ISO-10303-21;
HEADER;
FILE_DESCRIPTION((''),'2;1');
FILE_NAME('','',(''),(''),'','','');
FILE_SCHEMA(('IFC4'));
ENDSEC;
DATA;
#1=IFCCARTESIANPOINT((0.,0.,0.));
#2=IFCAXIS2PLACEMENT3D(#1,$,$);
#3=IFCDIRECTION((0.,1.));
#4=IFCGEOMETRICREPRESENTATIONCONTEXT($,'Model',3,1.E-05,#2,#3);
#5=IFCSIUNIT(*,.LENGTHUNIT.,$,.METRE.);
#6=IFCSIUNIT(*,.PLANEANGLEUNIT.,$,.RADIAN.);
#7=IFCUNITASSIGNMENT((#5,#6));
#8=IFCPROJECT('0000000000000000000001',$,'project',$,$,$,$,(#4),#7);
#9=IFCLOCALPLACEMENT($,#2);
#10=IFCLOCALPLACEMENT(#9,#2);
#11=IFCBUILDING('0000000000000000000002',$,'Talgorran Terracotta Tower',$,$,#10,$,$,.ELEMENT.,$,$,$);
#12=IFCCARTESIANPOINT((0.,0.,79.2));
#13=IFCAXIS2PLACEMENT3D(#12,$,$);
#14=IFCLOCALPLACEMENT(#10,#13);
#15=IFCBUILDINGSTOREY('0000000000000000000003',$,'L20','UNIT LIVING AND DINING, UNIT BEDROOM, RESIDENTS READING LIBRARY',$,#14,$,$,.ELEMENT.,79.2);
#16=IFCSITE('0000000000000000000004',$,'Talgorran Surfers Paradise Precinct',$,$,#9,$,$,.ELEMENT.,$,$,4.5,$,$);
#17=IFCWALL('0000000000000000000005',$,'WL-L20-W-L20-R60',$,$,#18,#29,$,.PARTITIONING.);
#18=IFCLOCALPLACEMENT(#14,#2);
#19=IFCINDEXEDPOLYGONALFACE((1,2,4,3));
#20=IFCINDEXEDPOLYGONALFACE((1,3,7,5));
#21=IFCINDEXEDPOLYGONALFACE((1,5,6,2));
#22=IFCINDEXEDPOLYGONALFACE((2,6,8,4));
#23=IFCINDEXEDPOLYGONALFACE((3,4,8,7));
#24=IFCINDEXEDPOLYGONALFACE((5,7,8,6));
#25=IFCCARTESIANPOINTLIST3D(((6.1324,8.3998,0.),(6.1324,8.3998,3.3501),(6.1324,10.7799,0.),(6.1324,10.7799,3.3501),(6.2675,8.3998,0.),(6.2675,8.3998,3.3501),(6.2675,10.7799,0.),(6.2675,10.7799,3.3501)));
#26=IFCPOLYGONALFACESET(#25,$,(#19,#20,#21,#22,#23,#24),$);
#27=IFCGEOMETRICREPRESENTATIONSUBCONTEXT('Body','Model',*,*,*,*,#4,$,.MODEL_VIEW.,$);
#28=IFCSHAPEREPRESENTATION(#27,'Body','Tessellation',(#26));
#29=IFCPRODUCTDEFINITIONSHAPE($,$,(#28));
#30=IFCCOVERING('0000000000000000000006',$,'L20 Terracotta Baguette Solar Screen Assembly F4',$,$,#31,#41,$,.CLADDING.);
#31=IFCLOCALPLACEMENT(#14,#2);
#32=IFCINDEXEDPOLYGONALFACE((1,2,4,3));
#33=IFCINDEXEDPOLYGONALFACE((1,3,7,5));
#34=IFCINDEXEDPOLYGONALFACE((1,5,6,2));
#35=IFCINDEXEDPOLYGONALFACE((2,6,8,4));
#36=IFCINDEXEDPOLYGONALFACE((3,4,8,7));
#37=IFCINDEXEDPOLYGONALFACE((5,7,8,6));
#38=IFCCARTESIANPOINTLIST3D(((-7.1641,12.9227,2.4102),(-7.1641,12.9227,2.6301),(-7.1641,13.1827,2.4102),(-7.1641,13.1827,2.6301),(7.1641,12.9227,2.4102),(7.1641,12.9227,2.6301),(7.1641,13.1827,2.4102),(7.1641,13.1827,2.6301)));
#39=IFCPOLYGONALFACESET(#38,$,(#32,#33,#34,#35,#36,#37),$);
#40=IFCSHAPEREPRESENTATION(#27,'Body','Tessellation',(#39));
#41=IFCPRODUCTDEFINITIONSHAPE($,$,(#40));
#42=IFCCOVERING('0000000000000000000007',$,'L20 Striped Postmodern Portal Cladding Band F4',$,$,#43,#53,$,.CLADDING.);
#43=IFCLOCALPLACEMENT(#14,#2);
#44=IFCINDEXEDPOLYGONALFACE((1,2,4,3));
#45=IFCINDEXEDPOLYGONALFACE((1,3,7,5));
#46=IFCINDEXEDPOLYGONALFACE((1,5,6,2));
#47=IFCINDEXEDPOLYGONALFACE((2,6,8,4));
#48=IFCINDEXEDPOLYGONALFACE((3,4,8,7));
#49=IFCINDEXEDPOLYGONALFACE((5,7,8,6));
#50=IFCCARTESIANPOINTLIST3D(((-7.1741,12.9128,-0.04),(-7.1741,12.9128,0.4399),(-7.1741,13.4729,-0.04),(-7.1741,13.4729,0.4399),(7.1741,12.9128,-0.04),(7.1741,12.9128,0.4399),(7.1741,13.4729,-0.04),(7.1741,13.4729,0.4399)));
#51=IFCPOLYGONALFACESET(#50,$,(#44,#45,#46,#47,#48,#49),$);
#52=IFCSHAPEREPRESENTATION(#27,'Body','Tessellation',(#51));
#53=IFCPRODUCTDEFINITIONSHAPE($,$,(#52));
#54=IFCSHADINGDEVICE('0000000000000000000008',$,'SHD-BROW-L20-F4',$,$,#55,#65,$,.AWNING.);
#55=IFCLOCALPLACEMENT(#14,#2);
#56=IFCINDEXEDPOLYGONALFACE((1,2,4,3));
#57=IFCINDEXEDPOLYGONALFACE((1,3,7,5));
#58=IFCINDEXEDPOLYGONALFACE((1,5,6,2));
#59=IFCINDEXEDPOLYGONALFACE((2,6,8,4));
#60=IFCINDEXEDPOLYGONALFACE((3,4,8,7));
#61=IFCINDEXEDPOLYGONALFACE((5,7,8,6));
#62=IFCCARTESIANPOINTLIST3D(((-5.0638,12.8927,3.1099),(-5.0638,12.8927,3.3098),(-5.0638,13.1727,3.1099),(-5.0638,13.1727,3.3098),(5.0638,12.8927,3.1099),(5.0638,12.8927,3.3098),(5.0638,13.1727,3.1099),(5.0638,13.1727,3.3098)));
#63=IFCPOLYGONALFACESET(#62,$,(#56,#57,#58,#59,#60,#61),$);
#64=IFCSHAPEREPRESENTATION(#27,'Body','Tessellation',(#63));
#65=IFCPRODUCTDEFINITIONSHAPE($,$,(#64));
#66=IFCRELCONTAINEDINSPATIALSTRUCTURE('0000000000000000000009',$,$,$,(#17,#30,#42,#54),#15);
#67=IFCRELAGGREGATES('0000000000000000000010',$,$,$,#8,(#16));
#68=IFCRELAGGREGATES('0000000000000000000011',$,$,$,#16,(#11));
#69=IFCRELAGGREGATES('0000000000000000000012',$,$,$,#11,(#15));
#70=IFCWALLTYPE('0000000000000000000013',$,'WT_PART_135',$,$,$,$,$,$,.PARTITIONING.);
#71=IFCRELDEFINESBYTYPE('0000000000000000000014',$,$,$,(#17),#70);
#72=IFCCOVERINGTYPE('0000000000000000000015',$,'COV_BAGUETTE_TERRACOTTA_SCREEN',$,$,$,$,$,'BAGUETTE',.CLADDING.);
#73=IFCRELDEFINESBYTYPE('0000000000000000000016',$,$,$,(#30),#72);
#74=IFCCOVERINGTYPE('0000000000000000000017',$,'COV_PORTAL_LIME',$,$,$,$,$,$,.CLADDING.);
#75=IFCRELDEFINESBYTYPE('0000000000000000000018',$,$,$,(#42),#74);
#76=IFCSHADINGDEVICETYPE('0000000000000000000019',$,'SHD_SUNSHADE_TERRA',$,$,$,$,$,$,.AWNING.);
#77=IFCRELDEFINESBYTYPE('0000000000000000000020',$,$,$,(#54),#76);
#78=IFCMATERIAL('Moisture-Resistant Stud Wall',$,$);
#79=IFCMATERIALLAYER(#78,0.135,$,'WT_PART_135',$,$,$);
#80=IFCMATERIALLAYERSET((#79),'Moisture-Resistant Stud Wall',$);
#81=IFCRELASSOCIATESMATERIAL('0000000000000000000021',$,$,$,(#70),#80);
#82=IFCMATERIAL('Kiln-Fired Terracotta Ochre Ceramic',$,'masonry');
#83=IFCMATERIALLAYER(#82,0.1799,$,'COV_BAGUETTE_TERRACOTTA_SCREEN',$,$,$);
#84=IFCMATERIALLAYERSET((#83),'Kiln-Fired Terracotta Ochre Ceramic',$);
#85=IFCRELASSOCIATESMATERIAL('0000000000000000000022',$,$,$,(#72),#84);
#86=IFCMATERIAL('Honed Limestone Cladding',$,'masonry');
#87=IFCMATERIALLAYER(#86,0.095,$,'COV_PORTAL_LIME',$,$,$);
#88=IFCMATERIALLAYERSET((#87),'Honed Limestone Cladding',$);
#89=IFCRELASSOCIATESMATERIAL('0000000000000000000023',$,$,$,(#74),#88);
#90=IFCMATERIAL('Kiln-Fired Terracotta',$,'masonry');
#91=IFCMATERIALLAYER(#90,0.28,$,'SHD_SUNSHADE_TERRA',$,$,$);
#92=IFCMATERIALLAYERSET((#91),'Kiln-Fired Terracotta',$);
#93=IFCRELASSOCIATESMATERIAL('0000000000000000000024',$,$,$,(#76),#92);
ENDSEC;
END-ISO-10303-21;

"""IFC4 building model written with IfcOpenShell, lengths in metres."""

from ifc_helpers import new_model, si_unit, direction, frame, frame_2d, origin, origin_2d, place, context, subcontext, project, spatial, rectangle, extrude, source, transform, mapped, material, layer, layer_set, type_object, type_shapes, element, save


model = new_model("IFC4")

# Units and contexts
model_context = context("Model", 3, precision=1e-05, world=origin(), true_north=direction((0.0, 1.0)))
body_context = subcontext(model_context, "Body", "Model", "MODEL_VIEW")
ifc_project = project(units=[si_unit("LENGTHUNIT", "METRE"), si_unit("PLANEANGLEUNIT", "RADIAN")], contexts=[model_context])

# Site, building, storey
site_placement = place(None, origin())
site = spatial("IfcSite", under=ifc_project, at=site_placement, Name="Talgorran Surfers Paradise Precinct", CompositionType="ELEMENT", RefElevation=4.5)
building_placement = place(site_placement, origin())
building = spatial("IfcBuilding", under=site, at=building_placement, Name="Talgorran Terracotta Tower", CompositionType="ELEMENT")
storey_placement = place(building_placement, frame((0.0, 0.0, 79.2)))
storey = spatial("IfcBuildingStorey", under=building, at=storey_placement, Name="L20", Description="UNIT LIVING AND DINING, UNIT BEDROOM, RESIDENTS READING LIBRARY", CompositionType="ELEMENT", Elevation=79.2)

# Shared definitions
ifc_material_1 = material(Name="Moisture-Resistant Stud Wall")
ifc_layer_1 = layer(ifc_material_1, 0.135, Name="WT_PART_135")
ifc_layer_set_1 = layer_set([ifc_layer_1], Name="Moisture-Resistant Stud Wall")
wall_type_1 = type_object("IfcWallType", Name="WT_PART_135", PredefinedType="PARTITIONING", material=ifc_layer_set_1)

# Wall
wall_1_placement = place(storey_placement, frame((6.2, 8.3999, 0.0), z_axis=(0.0, 0.0, 1.0), x_axis=(0.0, 1.0, 0.0)))
element("IfcWall", 1, at=wall_1_placement, inside=storey, type_object=wall_type_1, Name="WL-L20-W-L20-R60", PredefinedType="PARTITIONING", context=body_context, shape_type="SweptSolid", body=[
    extrude(rectangle(XDim=2.3801, YDim=0.135, at=frame_2d((1.1899, 0.0))), origin(), (0.0, 0.0, 1.0), 3.3501),
])

# Coverings
ifc_material_2 = material(Name="Kiln-Fired Terracotta Ochre Ceramic", Category="masonry")
ifc_layer_2 = layer(ifc_material_2, 0.1799, Name="COV_BAGUETTE_TERRACOTTA_SCREEN")
ifc_layer_set_2 = layer_set([ifc_layer_2], Name="Kiln-Fired Terracotta Ochre Ceramic")
covering_type_1 = type_object("IfcCoveringType", Name="COV_BAGUETTE_TERRACOTTA_SCREEN", ElementType="BAGUETTE", PredefinedType="CLADDING", material=ifc_layer_set_2)
covering_1_placement = place(storey_placement, frame((0.0, 13.0527, 2.4102), z_axis=(0.0, 0.0, 1.0), x_axis=(-1.0, 0.0, 0.0)))
element("IfcCovering", 2, at=covering_1_placement, inside=storey, type_object=covering_type_1, Name="L20 Terracotta Baguette Solar Screen Assembly F4", PredefinedType="CLADDING", context=body_context, shape_type="SweptSolid", body=[
    extrude(rectangle(XDim=14.3281, YDim=0.26, at=origin_2d()), origin(), (0.0, 0.0, 1.0), 0.22),
])
ifc_material_3 = material(Name="Honed Limestone Cladding", Category="masonry")
ifc_layer_3 = layer(ifc_material_3, 0.095, Name="COV_PORTAL_LIME")
ifc_layer_set_3 = layer_set([ifc_layer_3], Name="Honed Limestone Cladding")
covering_type_2 = type_object("IfcCoveringType", Name="COV_PORTAL_LIME", PredefinedType="CLADDING", material=ifc_layer_set_3)
covering_2_placement = place(storey_placement, frame((0.0, 13.1929, -0.04), z_axis=(0.0, 0.0, 1.0), x_axis=(-1.0, 0.0, 0.0)))
element("IfcCovering", 3, at=covering_2_placement, inside=storey, type_object=covering_type_2, Name="L20 Striped Postmodern Portal Cladding Band F4", PredefinedType="CLADDING", context=body_context, shape_type="SweptSolid", body=[
    extrude(rectangle(XDim=14.3481, YDim=0.5601, at=origin_2d()), origin(), (0.0, 0.0, 1.0), 0.48),
])

# Shading device
ifc_material_4 = material(Name="Kiln-Fired Terracotta", Category="masonry")
ifc_layer_4 = layer(ifc_material_4, 0.28, Name="SHD_SUNSHADE_TERRA")
ifc_layer_set_4 = layer_set([ifc_layer_4], Name="Kiln-Fired Terracotta")
shading_device_type = type_object("IfcShadingDeviceType", Name="SHD_SUNSHADE_TERRA", PredefinedType="AWNING", material=ifc_layer_set_4)
shared_shape_1 = source(origin(), body_context, "Body", "SweptSolid", [
    extrude(rectangle(XDim=10.1277, YDim=0.28, at=origin_2d()), origin(), (0.0, 0.0, 1.0), 0.2),
])
type_shapes(shading_device_type, [shared_shape_1])
shading_device_placement = place(storey_placement, frame((0.0, 13.0327, 3.1099), z_axis=(0.0, 0.0, 1.0), x_axis=(-1.0, 0.0, 0.0)))
element("IfcShadingDevice", 4, at=shading_device_placement, inside=storey, type_object=shading_device_type, Name="SHD-BROW-L20-F4", PredefinedType="AWNING", context=body_context, shape_type="MappedRepresentation", body=[
    mapped(shared_shape_1, transform((0.0, 0.0, 0.0), scale=1.0)),
])

save(model, "model.ifc")
